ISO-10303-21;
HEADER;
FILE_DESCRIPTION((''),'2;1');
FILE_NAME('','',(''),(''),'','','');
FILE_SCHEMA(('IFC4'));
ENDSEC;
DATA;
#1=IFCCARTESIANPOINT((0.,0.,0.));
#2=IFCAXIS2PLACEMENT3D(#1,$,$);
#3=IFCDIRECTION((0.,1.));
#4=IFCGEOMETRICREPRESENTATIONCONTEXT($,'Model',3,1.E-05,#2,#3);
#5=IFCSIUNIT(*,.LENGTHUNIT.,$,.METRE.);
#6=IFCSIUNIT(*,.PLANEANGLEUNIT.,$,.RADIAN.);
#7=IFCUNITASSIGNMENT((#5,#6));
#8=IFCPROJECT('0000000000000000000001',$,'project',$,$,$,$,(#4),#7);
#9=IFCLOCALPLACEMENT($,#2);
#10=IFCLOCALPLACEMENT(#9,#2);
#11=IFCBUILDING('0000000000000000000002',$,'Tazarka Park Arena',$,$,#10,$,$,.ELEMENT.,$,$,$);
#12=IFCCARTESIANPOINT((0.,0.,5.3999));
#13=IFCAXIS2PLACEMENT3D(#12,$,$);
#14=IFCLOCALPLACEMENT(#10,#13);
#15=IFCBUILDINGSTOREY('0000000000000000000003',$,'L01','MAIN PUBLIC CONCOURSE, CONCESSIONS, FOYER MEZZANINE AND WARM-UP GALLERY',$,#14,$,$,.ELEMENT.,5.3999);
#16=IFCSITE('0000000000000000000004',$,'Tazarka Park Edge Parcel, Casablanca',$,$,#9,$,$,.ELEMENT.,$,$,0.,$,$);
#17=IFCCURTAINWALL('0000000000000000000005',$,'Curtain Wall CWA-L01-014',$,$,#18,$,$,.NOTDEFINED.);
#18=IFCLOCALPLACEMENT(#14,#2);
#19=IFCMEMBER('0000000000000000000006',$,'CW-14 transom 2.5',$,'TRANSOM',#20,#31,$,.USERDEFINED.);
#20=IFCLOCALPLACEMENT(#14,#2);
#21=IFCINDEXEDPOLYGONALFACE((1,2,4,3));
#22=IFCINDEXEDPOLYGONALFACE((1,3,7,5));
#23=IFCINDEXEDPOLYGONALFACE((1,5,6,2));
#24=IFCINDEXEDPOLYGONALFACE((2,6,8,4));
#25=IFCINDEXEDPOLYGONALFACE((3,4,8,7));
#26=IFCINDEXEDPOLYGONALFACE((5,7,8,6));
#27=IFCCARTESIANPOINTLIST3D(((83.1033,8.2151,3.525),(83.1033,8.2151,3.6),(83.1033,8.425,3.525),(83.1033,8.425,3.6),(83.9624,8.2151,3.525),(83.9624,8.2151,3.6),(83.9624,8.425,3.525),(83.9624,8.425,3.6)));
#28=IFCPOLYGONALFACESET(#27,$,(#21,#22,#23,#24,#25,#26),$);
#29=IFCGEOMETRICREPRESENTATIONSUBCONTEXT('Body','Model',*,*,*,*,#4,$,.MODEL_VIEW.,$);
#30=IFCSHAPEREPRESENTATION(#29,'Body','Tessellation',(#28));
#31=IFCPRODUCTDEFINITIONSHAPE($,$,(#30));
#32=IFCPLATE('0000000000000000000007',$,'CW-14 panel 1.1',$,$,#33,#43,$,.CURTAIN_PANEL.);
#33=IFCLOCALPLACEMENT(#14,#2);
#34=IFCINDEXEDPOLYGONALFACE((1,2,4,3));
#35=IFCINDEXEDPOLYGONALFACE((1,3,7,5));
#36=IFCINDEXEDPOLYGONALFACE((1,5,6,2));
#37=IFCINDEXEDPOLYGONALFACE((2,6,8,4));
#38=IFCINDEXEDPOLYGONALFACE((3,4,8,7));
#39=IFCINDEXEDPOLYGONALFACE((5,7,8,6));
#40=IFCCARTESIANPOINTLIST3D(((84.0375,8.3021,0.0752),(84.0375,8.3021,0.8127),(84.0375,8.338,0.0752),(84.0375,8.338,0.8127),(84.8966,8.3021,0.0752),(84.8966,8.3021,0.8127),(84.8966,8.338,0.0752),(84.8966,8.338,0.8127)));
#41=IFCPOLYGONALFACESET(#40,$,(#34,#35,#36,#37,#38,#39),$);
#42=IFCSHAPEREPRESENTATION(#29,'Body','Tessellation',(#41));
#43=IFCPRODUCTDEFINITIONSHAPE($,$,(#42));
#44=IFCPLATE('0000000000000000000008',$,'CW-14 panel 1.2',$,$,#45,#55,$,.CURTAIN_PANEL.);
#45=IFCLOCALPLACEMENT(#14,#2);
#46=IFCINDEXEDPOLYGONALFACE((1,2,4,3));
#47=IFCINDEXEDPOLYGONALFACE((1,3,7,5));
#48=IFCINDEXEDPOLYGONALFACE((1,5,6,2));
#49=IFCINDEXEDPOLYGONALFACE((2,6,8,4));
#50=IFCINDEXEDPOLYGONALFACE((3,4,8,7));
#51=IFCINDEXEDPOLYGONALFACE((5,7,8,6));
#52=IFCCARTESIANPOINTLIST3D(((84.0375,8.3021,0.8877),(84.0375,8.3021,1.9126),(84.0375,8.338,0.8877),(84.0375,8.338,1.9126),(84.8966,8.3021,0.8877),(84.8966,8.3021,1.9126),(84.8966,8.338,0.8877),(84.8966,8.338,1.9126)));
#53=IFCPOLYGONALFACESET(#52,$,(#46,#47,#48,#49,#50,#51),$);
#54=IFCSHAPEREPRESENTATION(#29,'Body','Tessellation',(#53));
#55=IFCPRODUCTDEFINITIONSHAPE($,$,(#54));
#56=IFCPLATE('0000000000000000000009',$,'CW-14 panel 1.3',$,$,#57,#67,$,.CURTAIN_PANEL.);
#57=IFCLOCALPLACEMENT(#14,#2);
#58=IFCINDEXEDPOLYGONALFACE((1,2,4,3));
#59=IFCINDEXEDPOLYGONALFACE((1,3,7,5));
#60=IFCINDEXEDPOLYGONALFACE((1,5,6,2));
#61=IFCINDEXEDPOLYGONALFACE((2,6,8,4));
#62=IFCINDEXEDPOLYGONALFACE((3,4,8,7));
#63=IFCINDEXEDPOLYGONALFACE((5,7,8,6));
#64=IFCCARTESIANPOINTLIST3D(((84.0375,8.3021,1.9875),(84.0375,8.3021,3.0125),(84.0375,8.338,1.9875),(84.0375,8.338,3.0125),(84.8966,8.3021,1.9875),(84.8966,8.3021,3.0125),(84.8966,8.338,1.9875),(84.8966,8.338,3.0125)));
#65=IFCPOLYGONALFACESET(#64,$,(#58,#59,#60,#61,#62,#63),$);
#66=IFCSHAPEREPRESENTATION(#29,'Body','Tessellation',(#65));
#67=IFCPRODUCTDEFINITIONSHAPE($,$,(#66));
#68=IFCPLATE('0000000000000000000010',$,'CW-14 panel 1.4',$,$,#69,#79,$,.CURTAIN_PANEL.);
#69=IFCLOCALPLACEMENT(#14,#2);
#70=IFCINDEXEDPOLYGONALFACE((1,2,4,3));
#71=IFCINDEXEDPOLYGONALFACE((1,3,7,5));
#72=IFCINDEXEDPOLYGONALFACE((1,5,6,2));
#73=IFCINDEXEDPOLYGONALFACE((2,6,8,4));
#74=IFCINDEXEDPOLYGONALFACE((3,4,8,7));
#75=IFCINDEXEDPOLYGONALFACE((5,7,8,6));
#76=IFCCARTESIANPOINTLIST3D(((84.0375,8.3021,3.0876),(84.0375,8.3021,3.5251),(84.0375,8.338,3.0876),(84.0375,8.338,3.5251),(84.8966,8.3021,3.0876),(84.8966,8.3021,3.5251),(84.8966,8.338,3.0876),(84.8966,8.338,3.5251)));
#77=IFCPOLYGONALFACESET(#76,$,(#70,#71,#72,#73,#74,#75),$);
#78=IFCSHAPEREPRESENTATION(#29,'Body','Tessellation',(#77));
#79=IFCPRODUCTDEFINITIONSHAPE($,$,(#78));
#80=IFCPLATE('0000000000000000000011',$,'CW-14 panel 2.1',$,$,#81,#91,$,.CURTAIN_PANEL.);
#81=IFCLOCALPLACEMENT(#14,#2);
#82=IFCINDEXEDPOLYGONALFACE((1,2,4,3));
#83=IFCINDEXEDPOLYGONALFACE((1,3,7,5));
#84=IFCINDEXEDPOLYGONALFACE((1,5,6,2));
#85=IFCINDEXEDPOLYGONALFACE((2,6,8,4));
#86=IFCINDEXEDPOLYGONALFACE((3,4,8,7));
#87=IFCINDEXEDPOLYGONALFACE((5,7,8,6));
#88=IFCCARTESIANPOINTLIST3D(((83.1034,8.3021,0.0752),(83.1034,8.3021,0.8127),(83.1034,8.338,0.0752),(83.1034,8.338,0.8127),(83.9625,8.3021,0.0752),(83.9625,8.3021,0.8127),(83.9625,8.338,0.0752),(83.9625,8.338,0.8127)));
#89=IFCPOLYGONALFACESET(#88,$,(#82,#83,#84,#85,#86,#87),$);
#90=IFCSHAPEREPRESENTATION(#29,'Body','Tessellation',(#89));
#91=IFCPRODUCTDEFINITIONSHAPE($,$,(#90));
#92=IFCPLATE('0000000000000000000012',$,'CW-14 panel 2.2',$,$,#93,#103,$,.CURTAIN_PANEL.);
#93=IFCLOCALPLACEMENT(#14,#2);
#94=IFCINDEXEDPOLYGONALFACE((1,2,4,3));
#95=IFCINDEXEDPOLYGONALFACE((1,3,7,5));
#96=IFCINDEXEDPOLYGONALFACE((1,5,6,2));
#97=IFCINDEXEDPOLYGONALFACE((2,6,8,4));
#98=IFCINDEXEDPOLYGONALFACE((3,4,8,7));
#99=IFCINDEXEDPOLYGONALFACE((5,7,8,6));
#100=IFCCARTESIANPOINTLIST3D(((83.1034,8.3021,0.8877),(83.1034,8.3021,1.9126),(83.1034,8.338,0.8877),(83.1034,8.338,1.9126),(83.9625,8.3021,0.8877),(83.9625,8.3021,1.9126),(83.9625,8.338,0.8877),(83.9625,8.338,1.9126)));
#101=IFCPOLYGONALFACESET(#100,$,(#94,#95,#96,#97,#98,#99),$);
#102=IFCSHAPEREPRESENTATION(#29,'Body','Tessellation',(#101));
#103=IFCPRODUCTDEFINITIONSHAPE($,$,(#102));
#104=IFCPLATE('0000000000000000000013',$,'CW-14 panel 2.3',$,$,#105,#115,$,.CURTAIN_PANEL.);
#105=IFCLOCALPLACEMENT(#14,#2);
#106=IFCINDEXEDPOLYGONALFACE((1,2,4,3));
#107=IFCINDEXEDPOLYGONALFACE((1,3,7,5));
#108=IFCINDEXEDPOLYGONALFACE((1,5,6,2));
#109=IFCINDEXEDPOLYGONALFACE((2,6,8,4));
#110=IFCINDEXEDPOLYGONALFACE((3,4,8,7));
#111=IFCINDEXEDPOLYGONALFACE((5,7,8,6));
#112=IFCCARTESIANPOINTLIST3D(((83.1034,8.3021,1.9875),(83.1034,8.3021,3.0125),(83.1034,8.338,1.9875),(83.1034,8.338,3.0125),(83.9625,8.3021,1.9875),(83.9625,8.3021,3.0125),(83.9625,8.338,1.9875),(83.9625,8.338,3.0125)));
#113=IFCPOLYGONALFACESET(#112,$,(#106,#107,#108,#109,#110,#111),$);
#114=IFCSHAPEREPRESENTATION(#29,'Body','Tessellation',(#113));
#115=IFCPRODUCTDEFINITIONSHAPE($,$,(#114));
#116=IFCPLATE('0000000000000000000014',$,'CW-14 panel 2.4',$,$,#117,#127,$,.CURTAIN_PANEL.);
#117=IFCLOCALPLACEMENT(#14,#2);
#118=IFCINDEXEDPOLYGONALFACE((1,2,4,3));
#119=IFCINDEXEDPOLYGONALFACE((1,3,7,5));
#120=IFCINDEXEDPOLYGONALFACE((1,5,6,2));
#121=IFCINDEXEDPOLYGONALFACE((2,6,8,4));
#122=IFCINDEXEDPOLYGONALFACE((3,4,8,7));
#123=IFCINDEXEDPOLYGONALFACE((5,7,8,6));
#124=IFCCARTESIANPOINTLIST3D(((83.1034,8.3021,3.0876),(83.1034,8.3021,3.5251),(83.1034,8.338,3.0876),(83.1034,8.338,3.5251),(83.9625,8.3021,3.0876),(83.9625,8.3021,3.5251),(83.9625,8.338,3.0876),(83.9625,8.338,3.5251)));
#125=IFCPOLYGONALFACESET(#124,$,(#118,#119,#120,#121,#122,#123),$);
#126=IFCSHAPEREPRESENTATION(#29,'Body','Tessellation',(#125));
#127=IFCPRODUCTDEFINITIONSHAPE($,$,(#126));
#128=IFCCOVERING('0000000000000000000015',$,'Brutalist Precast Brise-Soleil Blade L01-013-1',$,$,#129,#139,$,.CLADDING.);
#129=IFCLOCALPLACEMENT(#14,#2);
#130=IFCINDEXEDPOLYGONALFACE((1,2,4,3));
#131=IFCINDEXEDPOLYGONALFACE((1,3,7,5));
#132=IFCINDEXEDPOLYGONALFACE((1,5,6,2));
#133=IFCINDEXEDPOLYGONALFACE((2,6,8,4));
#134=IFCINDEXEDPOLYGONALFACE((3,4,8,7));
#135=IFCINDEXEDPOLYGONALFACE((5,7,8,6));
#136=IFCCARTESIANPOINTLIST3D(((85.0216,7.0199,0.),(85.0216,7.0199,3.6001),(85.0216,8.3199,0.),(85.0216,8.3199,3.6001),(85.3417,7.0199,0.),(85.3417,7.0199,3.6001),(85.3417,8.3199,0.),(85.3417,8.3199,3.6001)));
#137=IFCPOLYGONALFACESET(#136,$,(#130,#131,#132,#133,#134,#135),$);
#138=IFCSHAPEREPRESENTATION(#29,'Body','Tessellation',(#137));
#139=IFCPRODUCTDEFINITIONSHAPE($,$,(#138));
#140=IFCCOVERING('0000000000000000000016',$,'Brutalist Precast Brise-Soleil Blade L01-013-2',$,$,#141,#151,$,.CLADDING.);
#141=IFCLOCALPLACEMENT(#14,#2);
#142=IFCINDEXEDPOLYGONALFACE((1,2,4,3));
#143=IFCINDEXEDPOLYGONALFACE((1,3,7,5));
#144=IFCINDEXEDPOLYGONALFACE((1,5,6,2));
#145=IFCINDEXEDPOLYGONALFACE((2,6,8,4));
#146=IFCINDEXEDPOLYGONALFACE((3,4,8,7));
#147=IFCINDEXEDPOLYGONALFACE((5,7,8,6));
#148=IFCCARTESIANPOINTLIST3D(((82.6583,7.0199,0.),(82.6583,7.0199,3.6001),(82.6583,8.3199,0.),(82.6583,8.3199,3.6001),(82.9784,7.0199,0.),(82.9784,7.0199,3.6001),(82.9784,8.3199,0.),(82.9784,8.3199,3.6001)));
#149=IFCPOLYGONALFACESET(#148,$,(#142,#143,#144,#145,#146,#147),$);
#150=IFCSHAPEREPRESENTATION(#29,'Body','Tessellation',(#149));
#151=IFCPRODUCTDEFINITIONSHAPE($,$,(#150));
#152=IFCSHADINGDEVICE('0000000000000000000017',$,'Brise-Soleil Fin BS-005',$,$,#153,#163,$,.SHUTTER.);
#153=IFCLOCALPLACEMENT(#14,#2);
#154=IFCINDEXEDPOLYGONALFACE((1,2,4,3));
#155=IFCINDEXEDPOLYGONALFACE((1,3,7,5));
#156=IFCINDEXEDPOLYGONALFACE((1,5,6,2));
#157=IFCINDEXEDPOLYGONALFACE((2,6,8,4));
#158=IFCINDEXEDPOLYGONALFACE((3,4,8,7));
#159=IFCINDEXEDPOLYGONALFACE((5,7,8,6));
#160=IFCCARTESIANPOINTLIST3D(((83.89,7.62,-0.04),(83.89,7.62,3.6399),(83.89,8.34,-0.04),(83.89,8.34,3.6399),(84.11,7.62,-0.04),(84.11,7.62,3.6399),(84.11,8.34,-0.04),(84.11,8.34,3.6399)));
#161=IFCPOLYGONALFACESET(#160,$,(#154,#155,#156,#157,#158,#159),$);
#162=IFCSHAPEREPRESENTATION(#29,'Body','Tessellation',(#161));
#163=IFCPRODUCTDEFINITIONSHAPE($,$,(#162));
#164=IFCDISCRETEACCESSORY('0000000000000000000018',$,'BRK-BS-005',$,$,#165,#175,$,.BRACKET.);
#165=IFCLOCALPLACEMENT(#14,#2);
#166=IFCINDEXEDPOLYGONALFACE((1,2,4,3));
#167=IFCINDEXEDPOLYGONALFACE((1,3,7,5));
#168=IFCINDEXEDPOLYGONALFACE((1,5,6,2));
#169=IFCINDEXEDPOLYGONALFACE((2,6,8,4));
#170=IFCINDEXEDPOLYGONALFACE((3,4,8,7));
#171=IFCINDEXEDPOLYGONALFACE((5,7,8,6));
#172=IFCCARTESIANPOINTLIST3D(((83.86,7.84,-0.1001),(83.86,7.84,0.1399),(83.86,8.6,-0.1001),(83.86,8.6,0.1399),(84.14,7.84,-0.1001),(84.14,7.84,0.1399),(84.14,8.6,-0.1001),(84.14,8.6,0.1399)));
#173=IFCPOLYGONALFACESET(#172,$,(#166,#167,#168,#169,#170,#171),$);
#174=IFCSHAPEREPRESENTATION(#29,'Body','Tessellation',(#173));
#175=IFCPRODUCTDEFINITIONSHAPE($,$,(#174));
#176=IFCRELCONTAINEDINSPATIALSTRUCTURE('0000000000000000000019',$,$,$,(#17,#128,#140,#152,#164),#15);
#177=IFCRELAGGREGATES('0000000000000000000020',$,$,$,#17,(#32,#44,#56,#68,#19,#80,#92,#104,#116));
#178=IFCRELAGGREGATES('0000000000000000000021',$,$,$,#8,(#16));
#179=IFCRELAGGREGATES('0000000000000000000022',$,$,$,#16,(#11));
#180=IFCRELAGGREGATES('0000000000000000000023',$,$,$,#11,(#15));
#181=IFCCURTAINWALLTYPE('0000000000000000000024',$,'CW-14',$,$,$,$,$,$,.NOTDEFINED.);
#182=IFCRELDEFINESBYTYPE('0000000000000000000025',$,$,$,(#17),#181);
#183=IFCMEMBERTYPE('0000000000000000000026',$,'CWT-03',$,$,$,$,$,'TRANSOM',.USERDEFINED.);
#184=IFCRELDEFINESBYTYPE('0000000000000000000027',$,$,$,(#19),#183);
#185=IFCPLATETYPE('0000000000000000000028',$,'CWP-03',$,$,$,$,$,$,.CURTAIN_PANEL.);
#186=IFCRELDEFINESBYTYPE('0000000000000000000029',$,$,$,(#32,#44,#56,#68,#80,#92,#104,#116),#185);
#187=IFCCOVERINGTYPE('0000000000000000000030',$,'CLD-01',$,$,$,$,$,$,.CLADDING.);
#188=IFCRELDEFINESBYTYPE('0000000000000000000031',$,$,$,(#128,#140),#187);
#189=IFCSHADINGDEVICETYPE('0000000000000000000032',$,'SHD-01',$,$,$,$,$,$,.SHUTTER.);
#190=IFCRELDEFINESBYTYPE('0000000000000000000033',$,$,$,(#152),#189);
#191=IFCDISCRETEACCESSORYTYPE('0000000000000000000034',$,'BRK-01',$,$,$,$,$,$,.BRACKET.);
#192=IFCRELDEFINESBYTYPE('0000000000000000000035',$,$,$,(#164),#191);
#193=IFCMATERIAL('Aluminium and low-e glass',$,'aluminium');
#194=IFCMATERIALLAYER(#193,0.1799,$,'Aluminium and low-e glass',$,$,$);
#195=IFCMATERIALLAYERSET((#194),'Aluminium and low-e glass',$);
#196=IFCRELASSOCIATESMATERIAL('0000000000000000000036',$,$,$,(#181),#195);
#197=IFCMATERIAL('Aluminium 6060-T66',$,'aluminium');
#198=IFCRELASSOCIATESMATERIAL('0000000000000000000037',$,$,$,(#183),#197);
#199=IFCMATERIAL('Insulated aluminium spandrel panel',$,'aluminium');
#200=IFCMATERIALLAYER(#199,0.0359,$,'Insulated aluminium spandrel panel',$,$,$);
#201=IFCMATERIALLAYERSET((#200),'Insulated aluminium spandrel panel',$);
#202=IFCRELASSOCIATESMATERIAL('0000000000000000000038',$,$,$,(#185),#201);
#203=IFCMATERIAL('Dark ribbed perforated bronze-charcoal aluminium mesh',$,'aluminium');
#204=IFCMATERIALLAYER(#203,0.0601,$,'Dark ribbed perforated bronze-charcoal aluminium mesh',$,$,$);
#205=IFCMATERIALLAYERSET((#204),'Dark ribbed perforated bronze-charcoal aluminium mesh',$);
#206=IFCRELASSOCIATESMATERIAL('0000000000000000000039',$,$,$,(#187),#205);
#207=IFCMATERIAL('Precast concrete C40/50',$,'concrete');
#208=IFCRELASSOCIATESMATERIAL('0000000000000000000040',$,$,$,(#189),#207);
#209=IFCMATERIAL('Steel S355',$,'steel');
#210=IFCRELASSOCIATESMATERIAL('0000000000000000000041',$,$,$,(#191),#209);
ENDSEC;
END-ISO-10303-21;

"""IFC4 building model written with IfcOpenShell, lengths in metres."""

from ifc_helpers import new_model, si_unit, direction, frame, origin, origin_2d, place, context, subcontext, project, spatial, rectangle, extrude, material, layer, layer_set, material_profile, profile_set, type_object, element, aggregate, save


model = new_model("IFC4")

# Units and contexts
model_context = context("Model", 3, precision=1e-05, world=origin(), true_north=direction((0.0, 1.0)))
body_context = subcontext(model_context, "Body", "Model", "MODEL_VIEW")
ifc_project = project(units=[si_unit("LENGTHUNIT", "METRE"), si_unit("PLANEANGLEUNIT", "RADIAN")], contexts=[model_context])

# Site, building, storey
site_placement = place(None, origin())
site = spatial("IfcSite", under=ifc_project, at=site_placement, Name="Tazarka Park Edge Parcel, Casablanca", CompositionType="ELEMENT", RefElevation=0.0)
building_placement = place(site_placement, origin())
building = spatial("IfcBuilding", under=site, at=building_placement, Name="Tazarka Park Arena", CompositionType="ELEMENT")
storey_placement = place(building_placement, frame((0.0, 0.0, 5.3999)))
storey = spatial("IfcBuildingStorey", under=building, at=storey_placement, Name="L01", Description="MAIN PUBLIC CONCOURSE, CONCESSIONS, FOYER MEZZANINE AND WARM-UP GALLERY", CompositionType="ELEMENT", Elevation=5.3999)

# Curtain wall
ifc_material_1 = material(Name="Aluminium and low-e glass", Category="aluminium")
ifc_layer_1 = layer(ifc_material_1, 0.1799, Name="Aluminium and low-e glass")
ifc_layer_set_1 = layer_set([ifc_layer_1], Name="Aluminium and low-e glass")
curtain_wall_type_1 = type_object("IfcCurtainWallType", Name="CW-14", PredefinedType="NOTDEFINED", material=ifc_layer_set_1)
curtain_wall_1_placement = place(storey_placement, origin())
curtain_wall_1 = element("IfcCurtainWall", 1, at=curtain_wall_1_placement, inside=storey, type_object=curtain_wall_type_1, Name="Curtain Wall CWA-L01-014", PredefinedType="NOTDEFINED")

# Member
ifc_material_2 = material(Name="Aluminium 6060-T66", Category="aluminium")
ifc_material_profile_1 = material_profile(ifc_material_2, rectangle(XDim=0.21, YDim=0.075, at=origin_2d()), Name="Aluminium 6060-T66")
ifc_profile_set_1 = profile_set([ifc_material_profile_1], Name="Aluminium 6060-T66")
member_type_1 = type_object("IfcMemberType", Name="CWT-03", ElementType="TRANSOM", PredefinedType="USERDEFINED", material=ifc_profile_set_1)
member_1_placement = place(storey_placement, frame((83.9624, 8.3201, 3.5625), z_axis=(-1.0, 0.0, 0.0), x_axis=(0.0, -1.0, 0.0)))
member_1 = element("IfcMember", 2, at=member_1_placement, type_object=member_type_1, Name="CW-14 transom 2.5", ObjectType="TRANSOM", PredefinedType="USERDEFINED", context=body_context, shape_type="SweptSolid", body=[
    extrude(rectangle(XDim=0.21, YDim=0.075, at=origin_2d()), origin(), (0.0, 0.0, 1.0), 0.8591),
])

# Plates
ifc_material_3 = material(Name="Insulated aluminium spandrel panel", Category="aluminium")
ifc_layer_2 = layer(ifc_material_3, 0.0359, Name="Insulated aluminium spandrel panel")
ifc_layer_set_2 = layer_set([ifc_layer_2], Name="Insulated aluminium spandrel panel")
plate_type = type_object("IfcPlateType", Name="CWP-03", PredefinedType="CURTAIN_PANEL", material=ifc_layer_set_2)
plate_1_placement = place(storey_placement, frame((84.467, 8.3201, 0.0752), z_axis=(0.0, 0.0, 1.0), x_axis=(-1.0, 0.0, 0.0)))
plate_1 = element("IfcPlate", 3, at=plate_1_placement, type_object=plate_type, Name="CW-14 panel 1.1", PredefinedType="CURTAIN_PANEL", context=body_context, shape_type="SweptSolid", body=[
    extrude(rectangle(XDim=0.8591, YDim=0.0359, at=origin_2d()), origin(), (0.0, 0.0, 1.0), 0.7375),
])
plate_2_placement = place(storey_placement, frame((84.467, 8.3201, 0.8877), z_axis=(0.0, 0.0, 1.0), x_axis=(-1.0, 0.0, 0.0)))
plate_2 = element("IfcPlate", 4, at=plate_2_placement, type_object=plate_type, Name="CW-14 panel 1.2", PredefinedType="CURTAIN_PANEL", context=body_context, shape_type="SweptSolid", body=[
    extrude(rectangle(XDim=0.8591, YDim=0.0359, at=origin_2d()), origin(), (0.0, 0.0, 1.0), 1.0249),
])
plate_3_placement = place(storey_placement, frame((84.467, 8.3201, 1.9875), z_axis=(0.0, 0.0, 1.0), x_axis=(-1.0, 0.0, 0.0)))
plate_3 = element("IfcPlate", 5, at=plate_3_placement, type_object=plate_type, Name="CW-14 panel 1.3", PredefinedType="CURTAIN_PANEL", context=body_context, shape_type="SweptSolid", body=[
    extrude(rectangle(XDim=0.8591, YDim=0.0359, at=origin_2d()), origin(), (0.0, 0.0, 1.0), 1.0249),
])
plate_4_placement = place(storey_placement, frame((84.467, 8.3201, 3.0876), z_axis=(0.0, 0.0, 1.0), x_axis=(-1.0, 0.0, 0.0)))
plate_4 = element("IfcPlate", 6, at=plate_4_placement, type_object=plate_type, Name="CW-14 panel 1.4", PredefinedType="CURTAIN_PANEL", context=body_context, shape_type="SweptSolid", body=[
    extrude(rectangle(XDim=0.8591, YDim=0.0359, at=origin_2d()), origin(), (0.0, 0.0, 1.0), 0.4375),
])
plate_5_placement = place(storey_placement, frame((83.533, 8.3201, 0.0752), z_axis=(0.0, 0.0, 1.0), x_axis=(-1.0, 0.0, 0.0)))
plate_5 = element("IfcPlate", 7, at=plate_5_placement, type_object=plate_type, Name="CW-14 panel 2.1", PredefinedType="CURTAIN_PANEL", context=body_context, shape_type="SweptSolid", body=[
    extrude(rectangle(XDim=0.8591, YDim=0.0359, at=origin_2d()), origin(), (0.0, 0.0, 1.0), 0.7375),
])
plate_6_placement = place(storey_placement, frame((83.533, 8.3201, 0.8877), z_axis=(0.0, 0.0, 1.0), x_axis=(-1.0, 0.0, 0.0)))
plate_6 = element("IfcPlate", 8, at=plate_6_placement, type_object=plate_type, Name="CW-14 panel 2.2", PredefinedType="CURTAIN_PANEL", context=body_context, shape_type="SweptSolid", body=[
    extrude(rectangle(XDim=0.8591, YDim=0.0359, at=origin_2d()), origin(), (0.0, 0.0, 1.0), 1.0249),
])
plate_7_placement = place(storey_placement, frame((83.533, 8.3201, 1.9875), z_axis=(0.0, 0.0, 1.0), x_axis=(-1.0, 0.0, 0.0)))
plate_7 = element("IfcPlate", 9, at=plate_7_placement, type_object=plate_type, Name="CW-14 panel 2.3", PredefinedType="CURTAIN_PANEL", context=body_context, shape_type="SweptSolid", body=[
    extrude(rectangle(XDim=0.8591, YDim=0.0359, at=origin_2d()), origin(), (0.0, 0.0, 1.0), 1.0249),
])
plate_8_placement = place(storey_placement, frame((83.533, 8.3201, 3.0876), z_axis=(0.0, 0.0, 1.0), x_axis=(-1.0, 0.0, 0.0)))
plate_8 = element("IfcPlate", 10, at=plate_8_placement, type_object=plate_type, Name="CW-14 panel 2.4", PredefinedType="CURTAIN_PANEL", context=body_context, shape_type="SweptSolid", body=[
    extrude(rectangle(XDim=0.8591, YDim=0.0359, at=origin_2d()), origin(), (0.0, 0.0, 1.0), 0.4375),
])
aggregate(curtain_wall_1, [plate_1, plate_2, plate_3, plate_4, member_1, plate_5, plate_6, plate_7, plate_8])

# Coverings
ifc_material_4 = material(Name="Dark ribbed perforated bronze-charcoal aluminium mesh", Category="aluminium")
ifc_layer_3 = layer(ifc_material_4, 0.0601, Name="Dark ribbed perforated bronze-charcoal aluminium mesh")
ifc_layer_set_3 = layer_set([ifc_layer_3], Name="Dark ribbed perforated bronze-charcoal aluminium mesh")
covering_type = type_object("IfcCoveringType", Name="CLD-01", PredefinedType="CLADDING", material=ifc_layer_set_3)
for number, where, z_axis, x_axis, name in (
    (11, (85.1816, 7.6699, 0.0), (0.0, 0.0, 1.0), (-1.0, 0.0, 0.0), "Brutalist Precast Brise-Soleil Blade L01-013-1"),
    (12, (82.8184, 7.6699, 0.0), (0.0, 0.0, 1.0), (-1.0, 0.0, 0.0), "Brutalist Precast Brise-Soleil Blade L01-013-2"),
):
    element("IfcCovering", number, at=place(storey_placement, frame(where, z_axis=z_axis, x_axis=x_axis)), inside=storey, type_object=covering_type, Name=name, PredefinedType="CLADDING", context=body_context, shape_type="SweptSolid", body=[
        extrude(rectangle(XDim=0.3201, YDim=1.3, at=origin_2d()), origin(), (0.0, 0.0, 1.0), 3.6001),
    ])

# Shading device
ifc_material_5 = material(Name="Precast concrete C40/50", Category="concrete")
shading_device_type = type_object("IfcShadingDeviceType", Name="SHD-01", PredefinedType="SHUTTER", material=ifc_material_5)
shading_device_placement = place(storey_placement, frame((84.0, 7.98, -0.04), z_axis=(0.0, 0.0, 1.0), x_axis=(-1.0, 0.0, 0.0)))
element("IfcShadingDevice", 13, at=shading_device_placement, inside=storey, type_object=shading_device_type, Name="Brise-Soleil Fin BS-005", PredefinedType="SHUTTER", context=body_context, shape_type="SweptSolid", body=[
    extrude(rectangle(XDim=0.22, YDim=0.72, at=origin_2d()), origin(), (0.0, 0.0, 1.0), 3.6799),
])

# Discrete accessory
ifc_material_6 = material(Name="Steel S355", Category="steel")
discrete_accessory_type = type_object("IfcDiscreteAccessoryType", Name="BRK-01", PredefinedType="BRACKET", material=ifc_material_6)
discrete_accessory_placement = place(storey_placement, frame((84.0, 8.22, -0.1001), z_axis=(0.0, 0.0, 1.0), x_axis=(-1.0, 0.0, 0.0)))
element("IfcDiscreteAccessory", 14, at=discrete_accessory_placement, inside=storey, type_object=discrete_accessory_type, Name="BRK-BS-005", PredefinedType="BRACKET", context=body_context, shape_type="SweptSolid", body=[
    extrude(rectangle(XDim=0.28, YDim=0.76, at=origin_2d()), origin(), (0.0, 0.0, 1.0), 0.24),
])

save(model, "model.ifc")
